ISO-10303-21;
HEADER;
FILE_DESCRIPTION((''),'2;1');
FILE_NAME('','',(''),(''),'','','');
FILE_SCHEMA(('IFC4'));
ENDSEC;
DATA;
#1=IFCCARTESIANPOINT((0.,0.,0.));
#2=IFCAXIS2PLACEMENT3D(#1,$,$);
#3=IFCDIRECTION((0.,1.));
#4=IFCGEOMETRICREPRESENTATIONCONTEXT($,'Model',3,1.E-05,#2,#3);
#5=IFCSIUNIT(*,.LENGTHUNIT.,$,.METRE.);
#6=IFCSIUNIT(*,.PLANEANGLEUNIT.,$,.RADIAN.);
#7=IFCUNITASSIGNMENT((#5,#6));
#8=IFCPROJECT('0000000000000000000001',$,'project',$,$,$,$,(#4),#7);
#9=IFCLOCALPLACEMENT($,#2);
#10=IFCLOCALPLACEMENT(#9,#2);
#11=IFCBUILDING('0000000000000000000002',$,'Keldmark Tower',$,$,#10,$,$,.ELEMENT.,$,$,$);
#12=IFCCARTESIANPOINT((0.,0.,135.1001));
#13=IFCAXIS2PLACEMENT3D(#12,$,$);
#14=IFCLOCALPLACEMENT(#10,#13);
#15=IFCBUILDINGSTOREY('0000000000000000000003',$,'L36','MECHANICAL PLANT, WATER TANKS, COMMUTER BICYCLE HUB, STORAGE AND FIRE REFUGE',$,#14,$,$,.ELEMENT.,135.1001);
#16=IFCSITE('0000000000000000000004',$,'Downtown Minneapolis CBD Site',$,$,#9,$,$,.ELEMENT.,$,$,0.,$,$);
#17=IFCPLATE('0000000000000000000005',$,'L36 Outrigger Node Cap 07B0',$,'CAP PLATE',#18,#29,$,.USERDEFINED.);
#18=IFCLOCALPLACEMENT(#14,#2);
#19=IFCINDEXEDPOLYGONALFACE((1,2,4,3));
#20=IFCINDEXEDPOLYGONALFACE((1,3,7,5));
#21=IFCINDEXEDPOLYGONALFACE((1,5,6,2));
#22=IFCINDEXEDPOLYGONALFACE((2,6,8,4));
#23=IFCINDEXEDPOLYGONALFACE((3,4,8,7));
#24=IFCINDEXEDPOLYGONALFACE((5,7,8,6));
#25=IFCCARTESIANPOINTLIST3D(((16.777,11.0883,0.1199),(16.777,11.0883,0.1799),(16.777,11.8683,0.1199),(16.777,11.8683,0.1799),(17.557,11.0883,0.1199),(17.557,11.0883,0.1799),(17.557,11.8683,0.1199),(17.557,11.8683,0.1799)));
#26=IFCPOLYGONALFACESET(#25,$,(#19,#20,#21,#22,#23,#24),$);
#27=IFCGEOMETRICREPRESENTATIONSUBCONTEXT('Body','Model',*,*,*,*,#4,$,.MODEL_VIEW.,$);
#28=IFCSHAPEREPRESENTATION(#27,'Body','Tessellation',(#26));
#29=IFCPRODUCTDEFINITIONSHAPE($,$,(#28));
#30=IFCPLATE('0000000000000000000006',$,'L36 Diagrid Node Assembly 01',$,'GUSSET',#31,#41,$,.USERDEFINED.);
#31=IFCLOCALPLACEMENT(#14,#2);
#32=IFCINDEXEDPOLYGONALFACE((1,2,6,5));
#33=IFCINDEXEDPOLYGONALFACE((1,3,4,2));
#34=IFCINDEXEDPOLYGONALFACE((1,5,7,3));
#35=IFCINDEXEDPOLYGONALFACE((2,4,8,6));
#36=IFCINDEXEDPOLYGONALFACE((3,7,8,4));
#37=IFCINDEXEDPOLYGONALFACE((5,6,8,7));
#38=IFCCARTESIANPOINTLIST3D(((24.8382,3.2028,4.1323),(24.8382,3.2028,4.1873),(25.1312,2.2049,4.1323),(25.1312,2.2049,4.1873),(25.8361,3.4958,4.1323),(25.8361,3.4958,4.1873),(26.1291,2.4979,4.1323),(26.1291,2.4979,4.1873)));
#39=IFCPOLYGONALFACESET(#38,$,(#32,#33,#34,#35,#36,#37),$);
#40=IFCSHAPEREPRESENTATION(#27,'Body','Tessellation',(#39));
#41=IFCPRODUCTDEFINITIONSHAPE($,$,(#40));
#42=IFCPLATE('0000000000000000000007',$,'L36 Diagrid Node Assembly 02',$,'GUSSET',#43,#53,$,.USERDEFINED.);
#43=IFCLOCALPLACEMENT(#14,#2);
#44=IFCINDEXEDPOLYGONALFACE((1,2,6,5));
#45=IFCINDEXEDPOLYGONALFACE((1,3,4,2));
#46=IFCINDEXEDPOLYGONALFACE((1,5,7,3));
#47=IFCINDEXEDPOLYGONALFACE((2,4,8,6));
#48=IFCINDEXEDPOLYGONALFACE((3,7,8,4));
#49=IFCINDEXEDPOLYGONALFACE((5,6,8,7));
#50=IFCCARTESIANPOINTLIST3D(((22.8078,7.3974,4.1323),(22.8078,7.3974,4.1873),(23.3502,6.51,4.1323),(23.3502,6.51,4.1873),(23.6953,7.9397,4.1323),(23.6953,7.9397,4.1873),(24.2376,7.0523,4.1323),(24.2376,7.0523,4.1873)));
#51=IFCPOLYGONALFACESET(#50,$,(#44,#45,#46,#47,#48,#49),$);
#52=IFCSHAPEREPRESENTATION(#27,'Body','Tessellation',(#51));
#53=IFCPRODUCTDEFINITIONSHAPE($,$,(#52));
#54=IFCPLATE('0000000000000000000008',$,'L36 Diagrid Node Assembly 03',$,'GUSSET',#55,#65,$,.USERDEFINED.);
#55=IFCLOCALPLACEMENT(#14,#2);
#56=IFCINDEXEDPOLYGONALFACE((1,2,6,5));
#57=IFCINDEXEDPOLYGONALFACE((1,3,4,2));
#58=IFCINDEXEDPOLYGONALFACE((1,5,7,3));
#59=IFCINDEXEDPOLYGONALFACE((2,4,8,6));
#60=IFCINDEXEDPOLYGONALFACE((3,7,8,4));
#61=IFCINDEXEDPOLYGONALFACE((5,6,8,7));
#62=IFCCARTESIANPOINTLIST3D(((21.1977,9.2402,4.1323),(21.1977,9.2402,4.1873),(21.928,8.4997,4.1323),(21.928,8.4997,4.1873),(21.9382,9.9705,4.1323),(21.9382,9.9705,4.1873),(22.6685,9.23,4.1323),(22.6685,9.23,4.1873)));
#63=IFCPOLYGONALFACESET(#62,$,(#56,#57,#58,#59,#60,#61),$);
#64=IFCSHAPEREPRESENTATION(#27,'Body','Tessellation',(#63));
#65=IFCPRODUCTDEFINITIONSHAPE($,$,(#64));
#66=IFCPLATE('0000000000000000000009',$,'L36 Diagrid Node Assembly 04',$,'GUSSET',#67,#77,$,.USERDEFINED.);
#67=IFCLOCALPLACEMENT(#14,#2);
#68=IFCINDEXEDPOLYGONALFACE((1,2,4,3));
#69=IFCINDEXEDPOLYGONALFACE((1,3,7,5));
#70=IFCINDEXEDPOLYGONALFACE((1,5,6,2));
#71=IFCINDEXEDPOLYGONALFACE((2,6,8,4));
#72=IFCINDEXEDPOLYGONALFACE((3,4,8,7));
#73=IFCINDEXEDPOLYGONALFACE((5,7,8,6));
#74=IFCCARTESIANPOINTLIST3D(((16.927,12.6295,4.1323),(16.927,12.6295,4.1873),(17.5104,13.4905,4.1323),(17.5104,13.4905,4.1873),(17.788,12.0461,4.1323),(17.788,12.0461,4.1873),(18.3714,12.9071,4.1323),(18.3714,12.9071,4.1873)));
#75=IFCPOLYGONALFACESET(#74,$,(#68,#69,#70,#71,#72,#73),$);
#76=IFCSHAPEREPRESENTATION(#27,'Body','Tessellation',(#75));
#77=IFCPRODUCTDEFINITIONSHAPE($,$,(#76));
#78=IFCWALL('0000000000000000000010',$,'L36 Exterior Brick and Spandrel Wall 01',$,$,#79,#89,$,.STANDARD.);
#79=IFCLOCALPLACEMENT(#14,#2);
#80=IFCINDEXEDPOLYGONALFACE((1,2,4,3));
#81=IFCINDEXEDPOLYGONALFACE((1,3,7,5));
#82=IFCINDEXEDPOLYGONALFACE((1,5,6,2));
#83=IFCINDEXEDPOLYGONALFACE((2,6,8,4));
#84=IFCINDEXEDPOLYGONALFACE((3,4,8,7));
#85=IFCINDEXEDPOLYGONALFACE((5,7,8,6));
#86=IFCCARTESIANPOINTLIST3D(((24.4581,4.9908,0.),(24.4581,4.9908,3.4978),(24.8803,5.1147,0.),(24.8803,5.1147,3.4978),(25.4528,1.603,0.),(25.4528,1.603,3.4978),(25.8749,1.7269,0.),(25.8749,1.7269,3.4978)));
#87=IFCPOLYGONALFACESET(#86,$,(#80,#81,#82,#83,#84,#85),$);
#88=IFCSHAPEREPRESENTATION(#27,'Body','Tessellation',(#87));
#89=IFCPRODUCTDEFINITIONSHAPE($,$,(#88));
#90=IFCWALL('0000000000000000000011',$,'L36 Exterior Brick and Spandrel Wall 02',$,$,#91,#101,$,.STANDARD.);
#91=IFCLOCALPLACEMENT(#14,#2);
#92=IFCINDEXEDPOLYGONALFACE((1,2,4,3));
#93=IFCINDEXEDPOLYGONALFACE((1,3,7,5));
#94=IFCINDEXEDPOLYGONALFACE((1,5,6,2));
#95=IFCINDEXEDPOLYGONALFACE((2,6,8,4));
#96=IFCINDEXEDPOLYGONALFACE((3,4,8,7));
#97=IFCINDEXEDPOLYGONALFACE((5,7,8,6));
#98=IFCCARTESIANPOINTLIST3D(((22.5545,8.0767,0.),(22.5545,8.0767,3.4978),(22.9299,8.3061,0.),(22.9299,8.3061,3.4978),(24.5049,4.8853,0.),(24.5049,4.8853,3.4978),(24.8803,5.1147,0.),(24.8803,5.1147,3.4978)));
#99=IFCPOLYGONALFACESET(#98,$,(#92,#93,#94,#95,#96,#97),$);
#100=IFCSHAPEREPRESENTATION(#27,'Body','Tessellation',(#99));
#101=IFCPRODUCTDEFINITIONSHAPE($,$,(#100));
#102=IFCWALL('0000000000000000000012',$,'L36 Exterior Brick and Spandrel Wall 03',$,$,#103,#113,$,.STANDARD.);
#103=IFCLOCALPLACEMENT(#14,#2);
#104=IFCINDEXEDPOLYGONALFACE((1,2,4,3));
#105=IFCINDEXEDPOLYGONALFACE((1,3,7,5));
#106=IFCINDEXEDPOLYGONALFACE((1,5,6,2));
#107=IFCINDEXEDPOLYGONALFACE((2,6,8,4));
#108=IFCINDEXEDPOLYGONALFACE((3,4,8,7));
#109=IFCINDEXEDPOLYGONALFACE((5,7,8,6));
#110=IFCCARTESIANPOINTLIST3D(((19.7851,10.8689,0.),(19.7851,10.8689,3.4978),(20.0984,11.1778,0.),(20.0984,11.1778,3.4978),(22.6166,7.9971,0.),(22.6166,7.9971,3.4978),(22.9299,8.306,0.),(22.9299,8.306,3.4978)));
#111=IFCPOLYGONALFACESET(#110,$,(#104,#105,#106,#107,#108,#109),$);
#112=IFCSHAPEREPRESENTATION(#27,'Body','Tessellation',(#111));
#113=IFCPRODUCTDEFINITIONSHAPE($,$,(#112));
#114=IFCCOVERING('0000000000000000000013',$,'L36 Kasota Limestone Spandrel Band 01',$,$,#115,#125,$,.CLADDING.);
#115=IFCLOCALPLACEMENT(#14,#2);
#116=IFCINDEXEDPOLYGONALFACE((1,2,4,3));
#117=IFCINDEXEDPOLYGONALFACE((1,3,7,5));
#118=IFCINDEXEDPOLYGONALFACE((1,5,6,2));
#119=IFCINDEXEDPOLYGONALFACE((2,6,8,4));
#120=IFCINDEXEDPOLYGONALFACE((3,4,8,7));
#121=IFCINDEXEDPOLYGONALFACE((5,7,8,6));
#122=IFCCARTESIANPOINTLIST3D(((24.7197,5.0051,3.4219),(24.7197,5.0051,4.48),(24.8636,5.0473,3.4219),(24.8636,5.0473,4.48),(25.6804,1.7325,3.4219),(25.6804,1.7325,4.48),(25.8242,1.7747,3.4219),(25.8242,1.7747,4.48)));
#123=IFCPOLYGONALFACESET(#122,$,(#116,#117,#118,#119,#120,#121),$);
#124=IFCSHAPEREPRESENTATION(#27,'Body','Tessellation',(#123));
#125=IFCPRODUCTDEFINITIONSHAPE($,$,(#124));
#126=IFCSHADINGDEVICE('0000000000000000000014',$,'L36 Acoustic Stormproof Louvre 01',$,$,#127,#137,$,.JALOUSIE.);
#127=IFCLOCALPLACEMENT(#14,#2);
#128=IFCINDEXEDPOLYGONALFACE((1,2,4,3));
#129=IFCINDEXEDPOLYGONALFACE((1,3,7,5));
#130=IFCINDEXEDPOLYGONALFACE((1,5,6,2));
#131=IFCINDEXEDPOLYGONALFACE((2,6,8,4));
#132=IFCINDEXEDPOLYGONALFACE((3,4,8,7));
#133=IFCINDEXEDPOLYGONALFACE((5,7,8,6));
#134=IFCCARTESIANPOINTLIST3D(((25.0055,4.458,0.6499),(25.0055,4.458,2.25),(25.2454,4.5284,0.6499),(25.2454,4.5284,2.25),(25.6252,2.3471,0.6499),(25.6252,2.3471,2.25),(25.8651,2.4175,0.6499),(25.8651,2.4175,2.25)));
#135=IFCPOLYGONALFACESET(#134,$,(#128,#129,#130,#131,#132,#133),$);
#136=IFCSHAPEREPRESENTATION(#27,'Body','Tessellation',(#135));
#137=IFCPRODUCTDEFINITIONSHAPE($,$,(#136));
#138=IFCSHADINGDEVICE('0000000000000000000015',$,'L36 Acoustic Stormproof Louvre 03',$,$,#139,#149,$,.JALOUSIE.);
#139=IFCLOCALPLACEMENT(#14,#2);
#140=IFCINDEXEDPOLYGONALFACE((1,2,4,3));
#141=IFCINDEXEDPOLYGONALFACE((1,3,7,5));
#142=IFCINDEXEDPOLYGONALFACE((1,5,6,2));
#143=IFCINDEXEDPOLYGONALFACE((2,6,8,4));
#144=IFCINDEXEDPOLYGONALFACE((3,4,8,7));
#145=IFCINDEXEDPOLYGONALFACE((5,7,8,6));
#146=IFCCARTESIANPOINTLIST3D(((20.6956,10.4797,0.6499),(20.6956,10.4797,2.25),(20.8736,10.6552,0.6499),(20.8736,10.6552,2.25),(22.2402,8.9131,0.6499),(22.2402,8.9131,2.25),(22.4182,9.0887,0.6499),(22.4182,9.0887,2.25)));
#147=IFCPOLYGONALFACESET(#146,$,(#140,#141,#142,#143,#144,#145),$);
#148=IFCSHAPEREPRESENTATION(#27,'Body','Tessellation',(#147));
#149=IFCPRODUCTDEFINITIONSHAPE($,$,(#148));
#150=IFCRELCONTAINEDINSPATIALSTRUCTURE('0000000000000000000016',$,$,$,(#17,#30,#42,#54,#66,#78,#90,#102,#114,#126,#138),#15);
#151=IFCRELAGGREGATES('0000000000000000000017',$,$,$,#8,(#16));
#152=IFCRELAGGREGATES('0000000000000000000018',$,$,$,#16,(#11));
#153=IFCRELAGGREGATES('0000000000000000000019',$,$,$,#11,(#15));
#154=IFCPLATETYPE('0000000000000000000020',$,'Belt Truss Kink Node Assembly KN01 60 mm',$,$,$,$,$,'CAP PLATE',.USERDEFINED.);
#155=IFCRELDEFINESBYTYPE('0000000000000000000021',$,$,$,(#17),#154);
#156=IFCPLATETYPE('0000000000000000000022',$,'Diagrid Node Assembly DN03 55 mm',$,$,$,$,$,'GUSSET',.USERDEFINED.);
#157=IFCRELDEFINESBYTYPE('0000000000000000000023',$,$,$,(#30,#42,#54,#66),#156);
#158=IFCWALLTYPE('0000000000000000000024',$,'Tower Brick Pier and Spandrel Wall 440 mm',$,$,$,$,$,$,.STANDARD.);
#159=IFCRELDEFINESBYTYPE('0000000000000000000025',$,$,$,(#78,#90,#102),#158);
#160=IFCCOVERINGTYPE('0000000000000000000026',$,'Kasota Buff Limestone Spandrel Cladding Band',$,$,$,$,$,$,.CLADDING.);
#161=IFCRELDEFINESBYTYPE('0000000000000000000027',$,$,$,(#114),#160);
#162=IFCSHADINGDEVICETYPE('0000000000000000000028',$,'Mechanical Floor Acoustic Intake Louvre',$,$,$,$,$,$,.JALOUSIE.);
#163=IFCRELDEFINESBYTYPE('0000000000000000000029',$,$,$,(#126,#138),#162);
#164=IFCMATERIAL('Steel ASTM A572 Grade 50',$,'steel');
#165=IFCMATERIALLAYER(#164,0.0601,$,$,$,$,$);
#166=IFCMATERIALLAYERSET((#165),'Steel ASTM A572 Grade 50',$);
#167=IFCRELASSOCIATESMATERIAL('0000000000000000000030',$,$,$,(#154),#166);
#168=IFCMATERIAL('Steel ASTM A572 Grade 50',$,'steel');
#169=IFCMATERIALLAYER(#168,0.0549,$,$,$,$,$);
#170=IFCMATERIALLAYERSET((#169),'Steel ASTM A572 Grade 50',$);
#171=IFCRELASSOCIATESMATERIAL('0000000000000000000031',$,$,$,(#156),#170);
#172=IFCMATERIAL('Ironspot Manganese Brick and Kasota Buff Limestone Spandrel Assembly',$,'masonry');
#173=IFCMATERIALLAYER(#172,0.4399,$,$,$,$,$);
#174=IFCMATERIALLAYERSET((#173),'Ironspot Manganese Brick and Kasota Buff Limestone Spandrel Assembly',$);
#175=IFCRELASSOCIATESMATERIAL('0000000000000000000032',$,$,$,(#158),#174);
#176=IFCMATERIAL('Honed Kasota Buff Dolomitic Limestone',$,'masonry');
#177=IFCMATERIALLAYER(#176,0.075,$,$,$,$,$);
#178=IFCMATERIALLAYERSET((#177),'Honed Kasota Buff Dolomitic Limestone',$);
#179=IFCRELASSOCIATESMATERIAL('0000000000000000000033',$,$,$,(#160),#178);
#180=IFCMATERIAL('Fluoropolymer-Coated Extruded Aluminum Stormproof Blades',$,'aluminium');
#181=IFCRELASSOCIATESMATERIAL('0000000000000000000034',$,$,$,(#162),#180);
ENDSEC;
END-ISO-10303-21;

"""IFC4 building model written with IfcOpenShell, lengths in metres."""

from ifc_helpers import new_model, si_unit, direction, frame, frame_2d, origin, origin_2d, place, context, subcontext, project, spatial, rectangle, extrude, material, layer, layer_set, type_object, element, save


model = new_model("IFC4")

# Units and contexts
model_context = context("Model", 3, precision=1e-05, world=origin(), true_north=direction((0.0, 1.0)))
body_context = subcontext(model_context, "Body", "Model", "MODEL_VIEW")
ifc_project = project(units=[si_unit("LENGTHUNIT", "METRE"), si_unit("PLANEANGLEUNIT", "RADIAN")], contexts=[model_context])

# Site, building, storey
site_placement = place(None, origin())
site = spatial("IfcSite", under=ifc_project, at=site_placement, Name="Downtown Minneapolis CBD Site", CompositionType="ELEMENT", RefElevation=0.0)
building_placement = place(site_placement, origin())
building = spatial("IfcBuilding", under=site, at=building_placement, Name="Keldmark Tower", CompositionType="ELEMENT")
storey_placement = place(building_placement, frame((0.0, 0.0, 135.1001)))
storey = spatial("IfcBuildingStorey", under=building, at=storey_placement, Name="L36", Description="MECHANICAL PLANT, WATER TANKS, COMMUTER BICYCLE HUB, STORAGE AND FIRE REFUGE", CompositionType="ELEMENT", Elevation=135.1001)

# Plates
ifc_material_1 = material(Name="Steel ASTM A572 Grade 50", Category="steel")
ifc_layer_1 = layer(ifc_material_1, 0.0601)
ifc_layer_set_1 = layer_set([ifc_layer_1], Name="Steel ASTM A572 Grade 50")
plate_type_1 = type_object("IfcPlateType", Name="Belt Truss Kink Node Assembly KN01 60 mm", ElementType="CAP PLATE", PredefinedType="USERDEFINED", material=ifc_layer_set_1)
for number, where, z_axis, x_axis, name in (
    (1, (17.167, 11.4783, 0.1199), (0.0, 0.0, 1.0), (1.0, 0.0, 0.0), "L36 Outrigger Node Cap 07B0"),
):
    element("IfcPlate", number, at=place(storey_placement, frame(where, z_axis=z_axis, x_axis=x_axis)), inside=storey, type_object=plate_type_1, Name=name, ObjectType="CAP PLATE", PredefinedType="USERDEFINED", context=body_context, shape_type="SweptSolid", body=[
        extrude(rectangle(XDim=0.78, YDim=0.78, at=origin_2d()), origin(), (0.0, 0.0, 1.0), 0.0601),
    ])
ifc_material_2 = material(Name="Steel ASTM A572 Grade 50", Category="steel")
ifc_layer_2 = layer(ifc_material_2, 0.0549)
ifc_layer_set_2 = layer_set([ifc_layer_2], Name="Steel ASTM A572 Grade 50")
plate_type_2 = type_object("IfcPlateType", Name="Diagrid Node Assembly DN03 55 mm", ElementType="GUSSET", PredefinedType="USERDEFINED", material=ifc_layer_set_2)
for number, where, z_axis, x_axis, name in (
    (2, (25.4836, 2.8503, 4.1323), (0.0, 0.0, 1.0), (-0.281672, 0.959511, 0.0), "L36 Diagrid Node Assembly 01"),
    (3, (23.5227, 7.2249, 4.1323), (0.0, 0.0, 1.0), (-0.521456, 0.853278, 0.0), "L36 Diagrid Node Assembly 02"),
    (4, (21.9331, 9.2351, 4.1323), (0.0, 0.0, 1.0), (-0.702153, 0.712026, 0.0), "L36 Diagrid Node Assembly 03"),
    (5, (17.6492, 12.7683, 4.1323), (0.0, 0.0, 1.0), (-0.827865, 0.560928, 0.0), "L36 Diagrid Node Assembly 04"),
):
    element("IfcPlate", number, at=place(storey_placement, frame(where, z_axis=z_axis, x_axis=x_axis)), inside=storey, type_object=plate_type_2, Name=name, ObjectType="GUSSET", PredefinedType="USERDEFINED", context=body_context, shape_type="SweptSolid", body=[
        extrude(rectangle(XDim=1.04, YDim=1.04, at=origin_2d()), origin(), (0.0, 0.0, 1.0), 0.0549),
    ])

# Walls
ifc_material_3 = material(Name="Ironspot Manganese Brick and Kasota Buff Limestone Spandrel Assembly", Category="masonry")
ifc_layer_3 = layer(ifc_material_3, 0.4399)
ifc_layer_set_3 = layer_set([ifc_layer_3], Name="Ironspot Manganese Brick and Kasota Buff Limestone Spandrel Assembly")
wall_type = type_object("IfcWallType", Name="Tower Brick Pier and Spandrel Wall 440 mm", PredefinedType="STANDARD", material=ifc_layer_set_3)
wall_1_placement = place(storey_placement, frame((24.6692, 5.0527, 0.0), z_axis=(0.0, 0.0, 1.0), x_axis=(0.28171, -0.9595, 0.0)))
element("IfcWall", 6, at=wall_1_placement, inside=storey, type_object=wall_type, Name="L36 Exterior Brick and Spandrel Wall 01", PredefinedType="STANDARD", context=body_context, shape_type="SweptSolid", body=[
    extrude(rectangle(XDim=3.5308, YDim=0.4399, at=frame_2d((1.7654, 0.0))), origin(), (0.0, 0.0, 1.0), 3.4978),
])
wall_2_placement = place(storey_placement, frame((22.7422, 8.1914, 0.0), z_axis=(0.0, 0.0, 1.0), x_axis=(0.521476, -0.853266, 0.0)))
element("IfcWall", 7, at=wall_2_placement, inside=storey, type_object=wall_type, Name="L36 Exterior Brick and Spandrel Wall 02", PredefinedType="STANDARD", context=body_context, shape_type="SweptSolid", body=[
    extrude(rectangle(XDim=3.7402, YDim=0.4399, at=frame_2d((1.8701, 0.0))), origin(), (0.0, 0.0, 1.0), 3.4978),
])
wall_3_placement = place(storey_placement, frame((19.9417, 11.0234, 0.0), z_axis=(0.0, 0.0, 1.0), x_axis=(0.702095, -0.712083, 0.0)))
element("IfcWall", 8, at=wall_3_placement, inside=storey, type_object=wall_type, Name="L36 Exterior Brick and Spandrel Wall 03", PredefinedType="STANDARD", context=body_context, shape_type="SweptSolid", body=[
    extrude(rectangle(XDim=4.033, YDim=0.4399, at=frame_2d((2.0166, 0.0))), origin(), (0.0, 0.0, 1.0), 3.4978),
])

# Covering
ifc_material_4 = material(Name="Honed Kasota Buff Dolomitic Limestone", Category="masonry")
ifc_layer_4 = layer(ifc_material_4, 0.075)
ifc_layer_set_4 = layer_set([ifc_layer_4], Name="Honed Kasota Buff Dolomitic Limestone")
covering_type = type_object("IfcCoveringType", Name="Kasota Buff Limestone Spandrel Cladding Band", PredefinedType="CLADDING", material=ifc_layer_set_4)
covering_placement = place(storey_placement, frame((25.272, 3.3899, 3.4219), z_axis=(0.0, 0.0, 1.0), x_axis=(-0.281655, 0.959516, 0.0)))
element("IfcCovering", 9, at=covering_placement, inside=storey, type_object=covering_type, Name="L36 Kasota Limestone Spandrel Band 01", PredefinedType="CLADDING", context=body_context, shape_type="SweptSolid", body=[
    extrude(rectangle(XDim=3.4106, YDim=0.1499, at=origin_2d()), origin(), (0.0, 0.0, 1.0), 1.0581),
])

# Shading devices
ifc_material_5 = material(Name="Fluoropolymer-Coated Extruded Aluminum Stormproof Blades", Category="aluminium")
shading_device_type = type_object("IfcShadingDeviceType", Name="Mechanical Floor Acoustic Intake Louvre", PredefinedType="JALOUSIE", material=ifc_material_5)
for number, where, z_axis, x_axis, name in (
    (10, (25.4353, 3.4377, 0.6499), (0.0, 0.0, 1.0), (-0.281655, 0.959516, 0.0), "L36 Acoustic Stormproof Louvre 01"),
    (11, (21.5569, 9.7842, 0.6499), (0.0, 0.0, 1.0), (-0.702091, 0.712087, 0.0), "L36 Acoustic Stormproof Louvre 03"),
):
    element("IfcShadingDevice", number, at=place(storey_placement, frame(where, z_axis=z_axis, x_axis=x_axis)), inside=storey, type_object=shading_device_type, Name=name, PredefinedType="JALOUSIE", context=body_context, shape_type="SweptSolid", body=[
        extrude(rectangle(XDim=2.2, YDim=0.25, at=origin_2d()), origin(), (0.0, 0.0, 1.0), 1.6001),
    ])

save(model, "model.ifc")
